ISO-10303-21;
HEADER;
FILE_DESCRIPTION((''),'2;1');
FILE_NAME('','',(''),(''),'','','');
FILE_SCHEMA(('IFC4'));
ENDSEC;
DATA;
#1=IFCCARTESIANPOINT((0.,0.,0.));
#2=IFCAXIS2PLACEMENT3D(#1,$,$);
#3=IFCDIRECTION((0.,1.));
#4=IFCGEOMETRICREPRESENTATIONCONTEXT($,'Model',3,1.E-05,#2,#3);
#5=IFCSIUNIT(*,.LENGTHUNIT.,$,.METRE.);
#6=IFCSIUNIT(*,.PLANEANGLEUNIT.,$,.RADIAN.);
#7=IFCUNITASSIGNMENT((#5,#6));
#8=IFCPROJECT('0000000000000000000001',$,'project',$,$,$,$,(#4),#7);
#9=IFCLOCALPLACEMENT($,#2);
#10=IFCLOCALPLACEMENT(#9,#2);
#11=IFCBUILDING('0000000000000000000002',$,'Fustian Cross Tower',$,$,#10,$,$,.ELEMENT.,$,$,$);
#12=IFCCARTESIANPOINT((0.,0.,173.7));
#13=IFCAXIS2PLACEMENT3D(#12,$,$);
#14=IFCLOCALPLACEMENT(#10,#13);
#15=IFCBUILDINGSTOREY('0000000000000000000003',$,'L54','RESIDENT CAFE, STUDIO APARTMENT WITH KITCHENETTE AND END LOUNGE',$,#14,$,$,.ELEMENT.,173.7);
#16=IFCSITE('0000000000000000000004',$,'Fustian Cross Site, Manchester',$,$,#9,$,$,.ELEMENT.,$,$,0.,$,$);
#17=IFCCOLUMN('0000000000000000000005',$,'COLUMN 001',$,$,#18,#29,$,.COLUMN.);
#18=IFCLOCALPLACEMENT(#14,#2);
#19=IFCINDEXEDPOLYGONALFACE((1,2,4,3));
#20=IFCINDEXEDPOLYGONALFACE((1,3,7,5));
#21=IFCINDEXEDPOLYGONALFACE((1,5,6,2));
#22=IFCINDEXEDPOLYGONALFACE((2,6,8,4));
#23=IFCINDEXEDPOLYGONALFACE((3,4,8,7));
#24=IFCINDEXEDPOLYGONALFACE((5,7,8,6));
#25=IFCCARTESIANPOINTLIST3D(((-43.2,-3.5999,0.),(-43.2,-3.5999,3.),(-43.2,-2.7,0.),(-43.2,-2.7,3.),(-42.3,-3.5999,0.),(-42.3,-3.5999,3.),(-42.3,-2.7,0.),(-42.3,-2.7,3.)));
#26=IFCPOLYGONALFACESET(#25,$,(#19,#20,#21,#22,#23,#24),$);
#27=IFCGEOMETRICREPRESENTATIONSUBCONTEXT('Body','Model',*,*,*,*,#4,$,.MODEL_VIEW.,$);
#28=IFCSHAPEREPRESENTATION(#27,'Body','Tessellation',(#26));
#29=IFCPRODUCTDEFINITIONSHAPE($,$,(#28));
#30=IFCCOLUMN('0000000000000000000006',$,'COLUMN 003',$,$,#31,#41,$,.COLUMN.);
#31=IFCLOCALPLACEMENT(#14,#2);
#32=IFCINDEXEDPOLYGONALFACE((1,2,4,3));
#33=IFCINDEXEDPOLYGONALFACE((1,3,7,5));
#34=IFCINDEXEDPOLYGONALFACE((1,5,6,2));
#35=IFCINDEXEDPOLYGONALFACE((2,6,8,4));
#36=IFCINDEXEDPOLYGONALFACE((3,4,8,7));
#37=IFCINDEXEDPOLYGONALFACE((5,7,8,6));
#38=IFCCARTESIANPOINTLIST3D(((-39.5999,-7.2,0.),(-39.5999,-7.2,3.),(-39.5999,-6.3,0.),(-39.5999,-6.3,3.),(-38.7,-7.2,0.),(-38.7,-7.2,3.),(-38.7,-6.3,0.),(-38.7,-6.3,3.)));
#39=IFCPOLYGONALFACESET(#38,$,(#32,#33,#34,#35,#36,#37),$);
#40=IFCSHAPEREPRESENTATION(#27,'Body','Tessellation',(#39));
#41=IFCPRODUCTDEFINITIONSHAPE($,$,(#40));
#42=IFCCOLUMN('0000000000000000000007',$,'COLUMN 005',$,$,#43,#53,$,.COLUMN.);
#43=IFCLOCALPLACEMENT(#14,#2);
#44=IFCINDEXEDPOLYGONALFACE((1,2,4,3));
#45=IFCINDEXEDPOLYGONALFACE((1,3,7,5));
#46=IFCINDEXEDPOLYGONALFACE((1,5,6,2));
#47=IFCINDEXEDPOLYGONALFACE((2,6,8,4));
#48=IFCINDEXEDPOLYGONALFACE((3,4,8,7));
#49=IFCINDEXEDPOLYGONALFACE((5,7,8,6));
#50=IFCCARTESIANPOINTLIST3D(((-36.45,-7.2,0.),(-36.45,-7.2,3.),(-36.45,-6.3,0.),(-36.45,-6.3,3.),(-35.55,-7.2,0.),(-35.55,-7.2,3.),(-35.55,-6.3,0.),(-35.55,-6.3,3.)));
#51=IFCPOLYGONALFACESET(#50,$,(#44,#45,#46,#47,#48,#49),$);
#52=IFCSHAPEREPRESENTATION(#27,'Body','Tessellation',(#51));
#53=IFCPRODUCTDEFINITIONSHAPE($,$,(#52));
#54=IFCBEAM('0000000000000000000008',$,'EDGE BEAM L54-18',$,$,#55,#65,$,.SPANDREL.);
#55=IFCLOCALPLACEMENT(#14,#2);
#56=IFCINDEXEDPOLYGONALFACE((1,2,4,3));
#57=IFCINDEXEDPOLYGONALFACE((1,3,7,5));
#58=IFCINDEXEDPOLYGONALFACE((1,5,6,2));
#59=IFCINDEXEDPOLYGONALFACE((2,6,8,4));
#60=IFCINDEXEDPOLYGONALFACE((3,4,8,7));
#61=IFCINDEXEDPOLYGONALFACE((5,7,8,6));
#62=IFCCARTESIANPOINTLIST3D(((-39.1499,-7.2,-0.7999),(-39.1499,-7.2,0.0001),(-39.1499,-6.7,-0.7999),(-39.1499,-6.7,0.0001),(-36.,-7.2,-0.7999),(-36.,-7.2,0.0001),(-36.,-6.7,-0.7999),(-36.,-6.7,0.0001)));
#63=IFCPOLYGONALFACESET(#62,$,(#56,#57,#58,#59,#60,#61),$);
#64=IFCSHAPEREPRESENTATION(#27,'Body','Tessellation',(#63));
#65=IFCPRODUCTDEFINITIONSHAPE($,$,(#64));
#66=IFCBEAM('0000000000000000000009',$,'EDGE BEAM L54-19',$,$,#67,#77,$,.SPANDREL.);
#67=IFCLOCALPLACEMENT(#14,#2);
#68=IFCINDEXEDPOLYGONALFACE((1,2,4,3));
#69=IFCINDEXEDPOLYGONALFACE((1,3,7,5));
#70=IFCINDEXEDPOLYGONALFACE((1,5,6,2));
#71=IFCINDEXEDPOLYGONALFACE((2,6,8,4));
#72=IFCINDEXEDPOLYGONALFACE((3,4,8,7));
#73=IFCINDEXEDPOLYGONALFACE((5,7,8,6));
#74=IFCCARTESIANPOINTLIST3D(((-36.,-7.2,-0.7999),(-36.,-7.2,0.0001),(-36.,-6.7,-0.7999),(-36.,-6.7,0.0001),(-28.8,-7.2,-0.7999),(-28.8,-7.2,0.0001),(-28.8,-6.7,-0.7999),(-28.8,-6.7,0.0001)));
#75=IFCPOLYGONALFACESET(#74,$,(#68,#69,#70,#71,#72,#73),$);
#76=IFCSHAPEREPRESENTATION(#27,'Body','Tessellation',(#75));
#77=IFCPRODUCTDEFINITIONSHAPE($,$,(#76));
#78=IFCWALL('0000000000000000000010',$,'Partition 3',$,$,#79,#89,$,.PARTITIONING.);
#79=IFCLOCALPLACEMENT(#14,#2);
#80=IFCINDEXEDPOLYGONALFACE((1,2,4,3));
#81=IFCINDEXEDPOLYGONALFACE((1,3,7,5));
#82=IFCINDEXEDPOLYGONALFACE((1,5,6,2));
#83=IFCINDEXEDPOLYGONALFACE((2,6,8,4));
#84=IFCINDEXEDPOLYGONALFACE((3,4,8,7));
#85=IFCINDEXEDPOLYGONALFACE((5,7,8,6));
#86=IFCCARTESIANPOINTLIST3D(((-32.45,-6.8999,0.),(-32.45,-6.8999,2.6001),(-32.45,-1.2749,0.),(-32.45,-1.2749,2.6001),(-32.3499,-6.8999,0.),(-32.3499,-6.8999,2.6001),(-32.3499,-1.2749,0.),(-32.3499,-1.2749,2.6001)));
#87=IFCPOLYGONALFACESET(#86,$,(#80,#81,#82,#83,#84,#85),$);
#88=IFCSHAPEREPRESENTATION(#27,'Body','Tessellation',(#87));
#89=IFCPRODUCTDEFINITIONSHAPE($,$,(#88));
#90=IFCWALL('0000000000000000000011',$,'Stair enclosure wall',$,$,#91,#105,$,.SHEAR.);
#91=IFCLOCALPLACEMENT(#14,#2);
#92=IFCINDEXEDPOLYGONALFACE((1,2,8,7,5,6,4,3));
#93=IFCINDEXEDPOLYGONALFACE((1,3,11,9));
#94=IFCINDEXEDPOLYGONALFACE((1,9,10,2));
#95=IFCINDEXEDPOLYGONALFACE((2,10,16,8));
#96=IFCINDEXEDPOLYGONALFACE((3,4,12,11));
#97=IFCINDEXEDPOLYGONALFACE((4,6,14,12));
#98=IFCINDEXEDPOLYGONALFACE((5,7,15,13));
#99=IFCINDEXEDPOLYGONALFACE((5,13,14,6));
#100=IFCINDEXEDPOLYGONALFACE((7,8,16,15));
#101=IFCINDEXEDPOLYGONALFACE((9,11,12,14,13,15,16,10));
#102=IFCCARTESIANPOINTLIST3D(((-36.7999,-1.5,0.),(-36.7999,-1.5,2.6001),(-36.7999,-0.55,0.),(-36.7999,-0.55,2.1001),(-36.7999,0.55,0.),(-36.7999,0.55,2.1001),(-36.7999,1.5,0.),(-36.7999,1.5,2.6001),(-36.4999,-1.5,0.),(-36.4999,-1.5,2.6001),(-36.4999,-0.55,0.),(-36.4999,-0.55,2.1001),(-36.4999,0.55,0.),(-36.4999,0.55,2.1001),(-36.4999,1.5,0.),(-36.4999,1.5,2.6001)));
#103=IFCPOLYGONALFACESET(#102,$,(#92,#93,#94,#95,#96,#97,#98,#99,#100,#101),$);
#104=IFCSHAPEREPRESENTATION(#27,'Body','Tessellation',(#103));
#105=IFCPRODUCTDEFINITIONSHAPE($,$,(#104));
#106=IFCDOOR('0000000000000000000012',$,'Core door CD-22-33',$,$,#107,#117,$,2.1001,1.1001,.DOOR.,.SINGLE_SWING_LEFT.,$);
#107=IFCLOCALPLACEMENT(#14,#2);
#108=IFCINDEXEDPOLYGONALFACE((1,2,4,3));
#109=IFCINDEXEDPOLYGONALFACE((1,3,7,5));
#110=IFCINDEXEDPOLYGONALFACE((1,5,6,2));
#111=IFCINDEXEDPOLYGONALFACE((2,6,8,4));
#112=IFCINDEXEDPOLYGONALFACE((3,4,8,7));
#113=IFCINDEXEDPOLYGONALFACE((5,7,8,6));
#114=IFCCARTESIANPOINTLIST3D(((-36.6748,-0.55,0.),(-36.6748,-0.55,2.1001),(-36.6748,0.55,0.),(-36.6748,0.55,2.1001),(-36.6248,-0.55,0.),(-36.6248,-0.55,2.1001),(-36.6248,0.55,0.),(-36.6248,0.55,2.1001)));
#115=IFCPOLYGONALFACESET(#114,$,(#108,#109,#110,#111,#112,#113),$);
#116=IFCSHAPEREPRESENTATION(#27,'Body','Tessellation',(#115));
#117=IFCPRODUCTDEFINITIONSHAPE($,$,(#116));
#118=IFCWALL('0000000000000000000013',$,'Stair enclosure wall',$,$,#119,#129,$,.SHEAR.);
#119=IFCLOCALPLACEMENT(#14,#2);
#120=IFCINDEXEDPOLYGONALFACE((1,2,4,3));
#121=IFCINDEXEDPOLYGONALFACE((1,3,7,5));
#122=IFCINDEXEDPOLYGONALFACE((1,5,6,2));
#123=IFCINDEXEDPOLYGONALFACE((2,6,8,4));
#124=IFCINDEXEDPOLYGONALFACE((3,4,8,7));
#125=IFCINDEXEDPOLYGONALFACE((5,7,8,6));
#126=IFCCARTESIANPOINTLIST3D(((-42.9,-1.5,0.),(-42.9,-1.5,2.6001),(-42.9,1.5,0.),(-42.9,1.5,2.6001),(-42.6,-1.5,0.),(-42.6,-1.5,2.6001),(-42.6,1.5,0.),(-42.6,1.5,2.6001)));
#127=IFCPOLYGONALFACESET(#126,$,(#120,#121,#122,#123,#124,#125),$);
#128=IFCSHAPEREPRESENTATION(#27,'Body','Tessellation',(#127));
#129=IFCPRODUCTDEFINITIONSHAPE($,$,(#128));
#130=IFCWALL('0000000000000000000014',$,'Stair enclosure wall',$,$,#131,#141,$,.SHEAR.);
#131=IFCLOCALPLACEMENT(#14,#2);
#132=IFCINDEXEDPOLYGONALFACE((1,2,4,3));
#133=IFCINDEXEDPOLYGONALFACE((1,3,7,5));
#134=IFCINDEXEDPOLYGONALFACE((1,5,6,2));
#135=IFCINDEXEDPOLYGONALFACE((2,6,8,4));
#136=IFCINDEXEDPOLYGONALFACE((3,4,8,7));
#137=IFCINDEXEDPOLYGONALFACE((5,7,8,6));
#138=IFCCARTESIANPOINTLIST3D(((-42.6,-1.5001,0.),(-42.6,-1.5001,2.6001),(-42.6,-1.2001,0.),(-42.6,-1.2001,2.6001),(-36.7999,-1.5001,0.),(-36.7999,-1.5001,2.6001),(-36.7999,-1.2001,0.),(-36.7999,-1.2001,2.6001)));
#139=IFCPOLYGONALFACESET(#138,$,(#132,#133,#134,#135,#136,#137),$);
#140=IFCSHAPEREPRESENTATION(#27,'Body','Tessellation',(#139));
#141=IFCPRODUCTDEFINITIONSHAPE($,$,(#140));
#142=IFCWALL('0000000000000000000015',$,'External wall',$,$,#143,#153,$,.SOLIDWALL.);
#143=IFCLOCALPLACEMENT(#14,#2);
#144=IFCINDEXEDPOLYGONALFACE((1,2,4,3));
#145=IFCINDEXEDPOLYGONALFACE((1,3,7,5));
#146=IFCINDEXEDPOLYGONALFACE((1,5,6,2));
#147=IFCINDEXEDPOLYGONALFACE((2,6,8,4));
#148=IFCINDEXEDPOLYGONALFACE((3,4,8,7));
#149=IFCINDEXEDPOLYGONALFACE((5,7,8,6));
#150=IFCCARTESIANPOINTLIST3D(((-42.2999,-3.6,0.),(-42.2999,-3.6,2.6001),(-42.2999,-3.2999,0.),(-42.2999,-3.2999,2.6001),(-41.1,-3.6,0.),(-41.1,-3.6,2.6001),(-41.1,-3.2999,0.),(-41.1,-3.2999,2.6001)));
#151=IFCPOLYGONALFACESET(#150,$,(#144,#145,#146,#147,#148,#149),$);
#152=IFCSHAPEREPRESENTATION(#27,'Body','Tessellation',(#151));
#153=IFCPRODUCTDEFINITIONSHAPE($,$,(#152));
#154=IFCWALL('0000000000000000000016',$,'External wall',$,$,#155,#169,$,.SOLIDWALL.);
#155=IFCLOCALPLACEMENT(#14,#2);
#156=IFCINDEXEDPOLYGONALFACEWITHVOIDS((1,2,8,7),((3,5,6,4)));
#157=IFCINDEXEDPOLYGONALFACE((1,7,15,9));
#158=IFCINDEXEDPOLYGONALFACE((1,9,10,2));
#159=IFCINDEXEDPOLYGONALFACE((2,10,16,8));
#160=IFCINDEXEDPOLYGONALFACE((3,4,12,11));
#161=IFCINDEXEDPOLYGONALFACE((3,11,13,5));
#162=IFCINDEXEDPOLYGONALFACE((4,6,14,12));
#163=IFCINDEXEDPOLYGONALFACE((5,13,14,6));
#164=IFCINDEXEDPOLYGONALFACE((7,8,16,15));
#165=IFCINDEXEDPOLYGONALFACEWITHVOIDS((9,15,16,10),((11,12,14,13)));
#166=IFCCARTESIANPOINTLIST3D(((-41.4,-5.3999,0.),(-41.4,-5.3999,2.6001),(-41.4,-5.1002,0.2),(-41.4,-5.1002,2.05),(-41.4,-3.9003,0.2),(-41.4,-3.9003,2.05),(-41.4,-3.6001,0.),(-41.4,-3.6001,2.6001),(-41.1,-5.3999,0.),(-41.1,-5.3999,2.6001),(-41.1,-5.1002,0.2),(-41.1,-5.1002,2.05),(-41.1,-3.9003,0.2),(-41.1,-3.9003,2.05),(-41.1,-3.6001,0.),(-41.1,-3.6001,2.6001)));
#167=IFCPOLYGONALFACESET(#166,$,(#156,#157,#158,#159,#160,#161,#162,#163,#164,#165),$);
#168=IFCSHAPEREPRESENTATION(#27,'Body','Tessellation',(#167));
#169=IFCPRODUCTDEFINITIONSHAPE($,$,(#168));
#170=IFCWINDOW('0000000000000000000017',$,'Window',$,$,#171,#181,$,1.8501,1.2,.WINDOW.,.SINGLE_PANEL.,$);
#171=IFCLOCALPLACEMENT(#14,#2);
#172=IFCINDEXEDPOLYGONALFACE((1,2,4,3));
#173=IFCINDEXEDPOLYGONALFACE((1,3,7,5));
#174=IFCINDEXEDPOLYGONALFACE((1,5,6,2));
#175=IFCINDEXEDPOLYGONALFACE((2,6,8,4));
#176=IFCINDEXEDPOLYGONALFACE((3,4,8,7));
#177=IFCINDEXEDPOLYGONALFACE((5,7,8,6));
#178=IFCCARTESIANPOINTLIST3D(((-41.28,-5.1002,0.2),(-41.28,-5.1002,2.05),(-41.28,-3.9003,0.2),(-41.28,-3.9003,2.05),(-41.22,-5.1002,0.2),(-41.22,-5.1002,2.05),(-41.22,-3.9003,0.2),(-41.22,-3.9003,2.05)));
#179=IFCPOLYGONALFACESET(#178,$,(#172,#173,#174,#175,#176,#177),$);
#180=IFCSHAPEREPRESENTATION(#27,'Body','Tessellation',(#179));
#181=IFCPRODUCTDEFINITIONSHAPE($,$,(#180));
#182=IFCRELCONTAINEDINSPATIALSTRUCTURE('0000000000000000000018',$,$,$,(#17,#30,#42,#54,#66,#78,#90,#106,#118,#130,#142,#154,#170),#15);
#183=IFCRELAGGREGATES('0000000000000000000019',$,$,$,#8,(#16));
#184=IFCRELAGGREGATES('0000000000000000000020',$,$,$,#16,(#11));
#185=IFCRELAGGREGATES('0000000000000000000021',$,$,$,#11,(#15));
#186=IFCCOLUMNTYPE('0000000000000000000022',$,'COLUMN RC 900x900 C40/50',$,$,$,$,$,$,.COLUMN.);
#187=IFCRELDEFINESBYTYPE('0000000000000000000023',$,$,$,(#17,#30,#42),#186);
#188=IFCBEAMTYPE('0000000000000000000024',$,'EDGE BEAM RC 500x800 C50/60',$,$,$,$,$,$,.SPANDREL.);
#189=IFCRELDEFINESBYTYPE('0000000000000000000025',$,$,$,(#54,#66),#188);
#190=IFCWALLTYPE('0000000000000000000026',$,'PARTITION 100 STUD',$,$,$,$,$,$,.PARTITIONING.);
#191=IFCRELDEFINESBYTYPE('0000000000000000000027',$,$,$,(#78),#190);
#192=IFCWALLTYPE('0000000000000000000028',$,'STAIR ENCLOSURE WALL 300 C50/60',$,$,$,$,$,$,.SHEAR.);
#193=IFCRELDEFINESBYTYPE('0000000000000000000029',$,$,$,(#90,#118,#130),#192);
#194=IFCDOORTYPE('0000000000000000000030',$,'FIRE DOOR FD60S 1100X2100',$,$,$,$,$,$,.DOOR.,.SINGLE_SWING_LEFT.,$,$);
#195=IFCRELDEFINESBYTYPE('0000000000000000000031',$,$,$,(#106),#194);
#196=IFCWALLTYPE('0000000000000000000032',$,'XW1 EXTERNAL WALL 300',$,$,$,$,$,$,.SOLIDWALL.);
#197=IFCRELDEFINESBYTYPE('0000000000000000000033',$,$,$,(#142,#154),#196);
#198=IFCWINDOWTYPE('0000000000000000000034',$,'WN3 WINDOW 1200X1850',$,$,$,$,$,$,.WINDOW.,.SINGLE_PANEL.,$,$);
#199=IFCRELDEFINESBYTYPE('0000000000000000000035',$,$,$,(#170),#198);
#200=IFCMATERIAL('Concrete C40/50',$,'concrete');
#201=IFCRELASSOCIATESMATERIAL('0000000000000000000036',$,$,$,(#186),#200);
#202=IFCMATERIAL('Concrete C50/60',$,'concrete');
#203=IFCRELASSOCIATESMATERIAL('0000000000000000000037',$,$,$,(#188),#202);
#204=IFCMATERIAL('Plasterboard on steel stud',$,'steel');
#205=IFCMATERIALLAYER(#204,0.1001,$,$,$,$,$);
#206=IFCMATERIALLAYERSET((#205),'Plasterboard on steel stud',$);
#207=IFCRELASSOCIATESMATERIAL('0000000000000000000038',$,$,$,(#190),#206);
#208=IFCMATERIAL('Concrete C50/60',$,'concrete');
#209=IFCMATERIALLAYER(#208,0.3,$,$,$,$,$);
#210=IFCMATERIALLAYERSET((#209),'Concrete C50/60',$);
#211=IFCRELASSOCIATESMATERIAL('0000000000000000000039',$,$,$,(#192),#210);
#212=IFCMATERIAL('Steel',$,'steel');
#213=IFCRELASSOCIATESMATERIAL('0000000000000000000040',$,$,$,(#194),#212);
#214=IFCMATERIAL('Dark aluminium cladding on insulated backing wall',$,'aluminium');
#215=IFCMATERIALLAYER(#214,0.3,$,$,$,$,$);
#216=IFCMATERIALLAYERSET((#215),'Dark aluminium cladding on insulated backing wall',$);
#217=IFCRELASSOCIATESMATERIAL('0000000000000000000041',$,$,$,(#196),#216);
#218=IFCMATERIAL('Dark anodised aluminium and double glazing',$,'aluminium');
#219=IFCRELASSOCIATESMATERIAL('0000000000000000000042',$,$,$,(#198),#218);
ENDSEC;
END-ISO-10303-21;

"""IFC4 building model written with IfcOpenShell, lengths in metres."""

from ifc_helpers import new_model, si_unit, direction, frame, frame_2d, origin, origin_2d, place, context, subcontext, project, spatial, rectangle, extrude, material, layer, layer_set, material_profile, profile_set, type_object, element, fill, save


model = new_model("IFC4")

# Units and contexts
model_context = context("Model", 3, precision=1e-05, world=origin(), true_north=direction((0.0, 1.0)))
body_context = subcontext(model_context, "Body", "Model", "MODEL_VIEW")
ifc_project = project(units=[si_unit("LENGTHUNIT", "METRE"), si_unit("PLANEANGLEUNIT", "RADIAN")], contexts=[model_context])

# Site, building, storey
site_placement = place(None, origin())
site = spatial("IfcSite", under=ifc_project, at=site_placement, Name="Fustian Cross Site, Manchester", CompositionType="ELEMENT", RefElevation=0.0)
building_placement = place(site_placement, origin())
building = spatial("IfcBuilding", under=site, at=building_placement, Name="Fustian Cross Tower", CompositionType="ELEMENT")
storey_placement = place(building_placement, frame((0.0, 0.0, 173.7)))
storey = spatial("IfcBuildingStorey", under=building, at=storey_placement, Name="L54", Description="RESIDENT CAFE, STUDIO APARTMENT WITH KITCHENETTE AND END LOUNGE", CompositionType="ELEMENT", Elevation=173.7)

# Columns
ifc_material_1 = material(Name="Concrete C40/50", Category="concrete")
ifc_material_profile_1 = material_profile(ifc_material_1, rectangle(XDim=0.8999, YDim=0.8999, at=origin_2d()), Name="RC 900x900")
ifc_profile_set_1 = profile_set([ifc_material_profile_1], Name="Concrete C40/50")
column_type = type_object("IfcColumnType", Name="COLUMN RC 900x900 C40/50", PredefinedType="COLUMN", material=ifc_profile_set_1)
for number, where, z_axis, x_axis, name in (
    (1, (-42.75, -3.1499, 0.0), (0.0, 0.0, 1.0), (1.0, 0.0, 0.0), "COLUMN 001"),
    (2, (-39.1499, -6.75, 0.0), (0.0, 0.0, 1.0), (1.0, 0.0, 0.0), "COLUMN 003"),
    (3, (-36.0, -6.75, 0.0), (0.0, 0.0, 1.0), (1.0, 0.0, 0.0), "COLUMN 005"),
):
    element("IfcColumn", number, at=place(storey_placement, frame(where, z_axis=z_axis, x_axis=x_axis)), inside=storey, type_object=column_type, Name=name, PredefinedType="COLUMN", context=body_context, shape_type="SweptSolid", body=[
        extrude(rectangle(XDim=0.8999, YDim=0.8999, at=origin_2d()), origin(), (0.0, 0.0, 1.0), 3.0),
    ])

# Beams
ifc_material_2 = material(Name="Concrete C50/60", Category="concrete")
ifc_material_profile_2 = material_profile(ifc_material_2, rectangle(XDim=0.5, YDim=0.8, at=origin_2d()), Name="RC 500x800")
ifc_profile_set_2 = profile_set([ifc_material_profile_2], Name="Concrete C50/60")
beam_type = type_object("IfcBeamType", Name="EDGE BEAM RC 500x800 C50/60", PredefinedType="SPANDREL", material=ifc_profile_set_2)
beam_1_placement = place(storey_placement, frame((-39.1499, -6.95, -0.3999), z_axis=(1.0, 0.0, 0.0), x_axis=(0.0, 1.0, 0.0)))
element("IfcBeam", 4, at=beam_1_placement, inside=storey, type_object=beam_type, Name="EDGE BEAM L54-18", PredefinedType="SPANDREL", context=body_context, shape_type="SweptSolid", body=[
    extrude(rectangle(XDim=0.5, YDim=0.8, at=origin_2d()), origin(), (0.0, 0.0, 1.0), 3.1499),
])
beam_2_placement = place(storey_placement, frame((-36.0, -6.95, -0.3999), z_axis=(1.0, 0.0, 0.0), x_axis=(0.0, 1.0, 0.0)))
element("IfcBeam", 5, at=beam_2_placement, inside=storey, type_object=beam_type, Name="EDGE BEAM L54-19", PredefinedType="SPANDREL", context=body_context, shape_type="SweptSolid", body=[
    extrude(rectangle(XDim=0.5, YDim=0.8, at=origin_2d()), origin(), (0.0, 0.0, 1.0), 7.2),
])

# Wall
ifc_material_3 = material(Name="Plasterboard on steel stud", Category="steel")
ifc_layer_1 = layer(ifc_material_3, 0.1001)
ifc_layer_set_1 = layer_set([ifc_layer_1], Name="Plasterboard on steel stud")
wall_type_1 = type_object("IfcWallType", Name="PARTITION 100 STUD", PredefinedType="PARTITIONING", material=ifc_layer_set_1)
wall_1_placement = place(storey_placement, frame((-32.3999, -6.8999, 0.0), z_axis=(0.0, 0.0, 1.0), x_axis=(0.0, 1.0, 0.0)))
element("IfcWall", 6, at=wall_1_placement, inside=storey, type_object=wall_type_1, Name="Partition 3", PredefinedType="PARTITIONING", context=body_context, shape_type="SweptSolid", body=[
    extrude(rectangle(XDim=5.625, YDim=0.1001, at=frame_2d((2.8125, 0.0))), origin(), (0.0, 0.0, 1.0), 2.6001),
])

# Wall, opening, door
ifc_material_4 = material(Name="Concrete C50/60", Category="concrete")
ifc_layer_2 = layer(ifc_material_4, 0.3)
ifc_layer_set_2 = layer_set([ifc_layer_2], Name="Concrete C50/60")
wall_type_2 = type_object("IfcWallType", Name="STAIR ENCLOSURE WALL 300 C50/60", PredefinedType="SHEAR", material=ifc_layer_set_2)
wall_2_placement = place(storey_placement, frame((-36.6499, -1.5, 0.0), z_axis=(0.0, 0.0, 1.0), x_axis=(0.0, 1.0, 0.0)))
wall_2 = element("IfcWall", 7, at=wall_2_placement, inside=storey, type_object=wall_type_2, Name="Stair enclosure wall", PredefinedType="SHEAR", context=body_context, shape_type="SweptSolid", body=[
    extrude(rectangle(XDim=3.0, YDim=0.3, at=frame_2d((1.5, 0.0))), origin(), (0.0, 0.0, 1.0), 2.6001),
])
opening_1_placement = place(wall_2_placement, frame((0.95, 0.0, 0.0)))
opening_1 = element("IfcOpeningElement", 8, at=opening_1_placement, cuts=wall_2, PredefinedType="OPENING", context=body_context, shape_type="SweptSolid", body=[
    extrude(rectangle(XDim=1.1001, YDim=2.1001, at=frame_2d((0.55, 1.05))), frame((0.0, 0.1599, 0.0), z_axis=(0.0, -1.0, 0.0), x_axis=(1.0, 0.0, 0.0)), (0.0, 0.0, 1.0), 0.3201),
])
ifc_material_5 = material(Name="Steel", Category="steel")
door_type = type_object("IfcDoorType", Name="FIRE DOOR FD60S 1100X2100", OperationType="SINGLE_SWING_LEFT", PredefinedType="DOOR", material=ifc_material_5)
door_placement = place(opening_1_placement, origin())
door = element("IfcDoor", 9, at=door_placement, inside=storey, type_object=door_type, Name="Core door CD-22-33", OperationType="SINGLE_SWING_LEFT", OverallHeight=2.1001, OverallWidth=1.1001, PredefinedType="DOOR", context=body_context, shape_type="SweptSolid", body=[
    extrude(rectangle(XDim=1.1001, YDim=2.1001, at=frame_2d((0.55, 1.05))), frame((0.0, 0.0249, 0.0), z_axis=(0.0, -1.0, 0.0), x_axis=(1.0, 0.0, 0.0)), (0.0, 0.0, 1.0), 0.05),
])
fill(opening_1, door)

# Walls
wall_3_placement = place(storey_placement, frame((-42.75, -1.5, 0.0), z_axis=(0.0, 0.0, 1.0), x_axis=(0.0, 1.0, 0.0)))
element("IfcWall", 10, at=wall_3_placement, inside=storey, type_object=wall_type_2, Name="Stair enclosure wall", PredefinedType="SHEAR", context=body_context, shape_type="SweptSolid", body=[
    extrude(rectangle(XDim=3.0, YDim=0.3, at=frame_2d((1.5, 0.0))), origin(), (0.0, 0.0, 1.0), 2.6001),
])
wall_4_placement = place(storey_placement, frame((-36.8, -1.3501, 0.0), z_axis=(0.0, 0.0, 1.0), x_axis=(-1.0, 0.0, 0.0)))
element("IfcWall", 11, at=wall_4_placement, inside=storey, type_object=wall_type_2, Name="Stair enclosure wall", PredefinedType="SHEAR", context=body_context, shape_type="SweptSolid", body=[
    extrude(rectangle(XDim=5.8, YDim=0.3, at=frame_2d((2.8999, 0.0))), origin(), (0.0, 0.0, 1.0), 2.6001),
])
ifc_material_6 = material(Name="Dark aluminium cladding on insulated backing wall", Category="aluminium")
ifc_layer_3 = layer(ifc_material_6, 0.3)
ifc_layer_set_3 = layer_set([ifc_layer_3], Name="Dark aluminium cladding on insulated backing wall")
wall_type_3 = type_object("IfcWallType", Name="XW1 EXTERNAL WALL 300", PredefinedType="SOLIDWALL", material=ifc_layer_set_3)
wall_5_placement = place(storey_placement, frame((-42.3, -3.45, 0.0), z_axis=(0.0, 0.0, 1.0), x_axis=(1.0, 0.0, 0.0)))
element("IfcWall", 12, at=wall_5_placement, inside=storey, type_object=wall_type_3, Name="External wall", PredefinedType="SOLIDWALL", context=body_context, shape_type="SweptSolid", body=[
    extrude(rectangle(XDim=1.2, YDim=0.3, at=frame_2d((0.6001, 0.0))), origin(), (0.0, 0.0, 1.0), 2.6001),
])

# Wall, opening, window
wall_6_placement = place(storey_placement, frame((-41.25, -3.6001, 0.0), z_axis=(0.0, 0.0, 1.0), x_axis=(0.0, -1.0, 0.0)))
wall_6 = element("IfcWall", 13, at=wall_6_placement, inside=storey, type_object=wall_type_3, Name="External wall", PredefinedType="SOLIDWALL", context=body_context, shape_type="SweptSolid", body=[
    extrude(rectangle(XDim=1.7998, YDim=0.3, at=frame_2d((0.8999, 0.0))), origin(), (0.0, 0.0, 1.0), 2.6001),
])
opening_2_placement = place(wall_6_placement, frame((0.3, 0.0, 0.2)))
opening_2 = element("IfcOpeningElement", 14, at=opening_2_placement, cuts=wall_6, PredefinedType="OPENING", context=body_context, shape_type="SweptSolid", body=[
    extrude(rectangle(XDim=1.2, YDim=1.8501, at=frame_2d((0.6001, 0.925))), frame((0.0, 0.1599, 0.0), z_axis=(0.0, -1.0, 0.0), x_axis=(1.0, 0.0, 0.0)), (0.0, 0.0, 1.0), 0.3201),
])
ifc_material_7 = material(Name="Dark anodised aluminium and double glazing", Category="aluminium")
window_type_1 = type_object("IfcWindowType", Name="WN3 WINDOW 1200X1850", PartitioningType="SINGLE_PANEL", PredefinedType="WINDOW", material=ifc_material_7)
window_1_placement = place(opening_2_placement, origin())
window_1 = element("IfcWindow", 15, at=window_1_placement, inside=storey, type_object=window_type_1, Name="Window", OverallHeight=1.8501, OverallWidth=1.2, PartitioningType="SINGLE_PANEL", PredefinedType="WINDOW", context=body_context, shape_type="SweptSolid", body=[
    extrude(rectangle(XDim=1.2, YDim=1.8501, at=frame_2d((0.6001, 0.925))), frame((0.0, 0.03, 0.0), z_axis=(0.0, -1.0, 0.0), x_axis=(1.0, 0.0, 0.0)), (0.0, 0.0, 1.0), 0.0601),
])
fill(opening_2, window_1)

save(model, "model.ifc")
